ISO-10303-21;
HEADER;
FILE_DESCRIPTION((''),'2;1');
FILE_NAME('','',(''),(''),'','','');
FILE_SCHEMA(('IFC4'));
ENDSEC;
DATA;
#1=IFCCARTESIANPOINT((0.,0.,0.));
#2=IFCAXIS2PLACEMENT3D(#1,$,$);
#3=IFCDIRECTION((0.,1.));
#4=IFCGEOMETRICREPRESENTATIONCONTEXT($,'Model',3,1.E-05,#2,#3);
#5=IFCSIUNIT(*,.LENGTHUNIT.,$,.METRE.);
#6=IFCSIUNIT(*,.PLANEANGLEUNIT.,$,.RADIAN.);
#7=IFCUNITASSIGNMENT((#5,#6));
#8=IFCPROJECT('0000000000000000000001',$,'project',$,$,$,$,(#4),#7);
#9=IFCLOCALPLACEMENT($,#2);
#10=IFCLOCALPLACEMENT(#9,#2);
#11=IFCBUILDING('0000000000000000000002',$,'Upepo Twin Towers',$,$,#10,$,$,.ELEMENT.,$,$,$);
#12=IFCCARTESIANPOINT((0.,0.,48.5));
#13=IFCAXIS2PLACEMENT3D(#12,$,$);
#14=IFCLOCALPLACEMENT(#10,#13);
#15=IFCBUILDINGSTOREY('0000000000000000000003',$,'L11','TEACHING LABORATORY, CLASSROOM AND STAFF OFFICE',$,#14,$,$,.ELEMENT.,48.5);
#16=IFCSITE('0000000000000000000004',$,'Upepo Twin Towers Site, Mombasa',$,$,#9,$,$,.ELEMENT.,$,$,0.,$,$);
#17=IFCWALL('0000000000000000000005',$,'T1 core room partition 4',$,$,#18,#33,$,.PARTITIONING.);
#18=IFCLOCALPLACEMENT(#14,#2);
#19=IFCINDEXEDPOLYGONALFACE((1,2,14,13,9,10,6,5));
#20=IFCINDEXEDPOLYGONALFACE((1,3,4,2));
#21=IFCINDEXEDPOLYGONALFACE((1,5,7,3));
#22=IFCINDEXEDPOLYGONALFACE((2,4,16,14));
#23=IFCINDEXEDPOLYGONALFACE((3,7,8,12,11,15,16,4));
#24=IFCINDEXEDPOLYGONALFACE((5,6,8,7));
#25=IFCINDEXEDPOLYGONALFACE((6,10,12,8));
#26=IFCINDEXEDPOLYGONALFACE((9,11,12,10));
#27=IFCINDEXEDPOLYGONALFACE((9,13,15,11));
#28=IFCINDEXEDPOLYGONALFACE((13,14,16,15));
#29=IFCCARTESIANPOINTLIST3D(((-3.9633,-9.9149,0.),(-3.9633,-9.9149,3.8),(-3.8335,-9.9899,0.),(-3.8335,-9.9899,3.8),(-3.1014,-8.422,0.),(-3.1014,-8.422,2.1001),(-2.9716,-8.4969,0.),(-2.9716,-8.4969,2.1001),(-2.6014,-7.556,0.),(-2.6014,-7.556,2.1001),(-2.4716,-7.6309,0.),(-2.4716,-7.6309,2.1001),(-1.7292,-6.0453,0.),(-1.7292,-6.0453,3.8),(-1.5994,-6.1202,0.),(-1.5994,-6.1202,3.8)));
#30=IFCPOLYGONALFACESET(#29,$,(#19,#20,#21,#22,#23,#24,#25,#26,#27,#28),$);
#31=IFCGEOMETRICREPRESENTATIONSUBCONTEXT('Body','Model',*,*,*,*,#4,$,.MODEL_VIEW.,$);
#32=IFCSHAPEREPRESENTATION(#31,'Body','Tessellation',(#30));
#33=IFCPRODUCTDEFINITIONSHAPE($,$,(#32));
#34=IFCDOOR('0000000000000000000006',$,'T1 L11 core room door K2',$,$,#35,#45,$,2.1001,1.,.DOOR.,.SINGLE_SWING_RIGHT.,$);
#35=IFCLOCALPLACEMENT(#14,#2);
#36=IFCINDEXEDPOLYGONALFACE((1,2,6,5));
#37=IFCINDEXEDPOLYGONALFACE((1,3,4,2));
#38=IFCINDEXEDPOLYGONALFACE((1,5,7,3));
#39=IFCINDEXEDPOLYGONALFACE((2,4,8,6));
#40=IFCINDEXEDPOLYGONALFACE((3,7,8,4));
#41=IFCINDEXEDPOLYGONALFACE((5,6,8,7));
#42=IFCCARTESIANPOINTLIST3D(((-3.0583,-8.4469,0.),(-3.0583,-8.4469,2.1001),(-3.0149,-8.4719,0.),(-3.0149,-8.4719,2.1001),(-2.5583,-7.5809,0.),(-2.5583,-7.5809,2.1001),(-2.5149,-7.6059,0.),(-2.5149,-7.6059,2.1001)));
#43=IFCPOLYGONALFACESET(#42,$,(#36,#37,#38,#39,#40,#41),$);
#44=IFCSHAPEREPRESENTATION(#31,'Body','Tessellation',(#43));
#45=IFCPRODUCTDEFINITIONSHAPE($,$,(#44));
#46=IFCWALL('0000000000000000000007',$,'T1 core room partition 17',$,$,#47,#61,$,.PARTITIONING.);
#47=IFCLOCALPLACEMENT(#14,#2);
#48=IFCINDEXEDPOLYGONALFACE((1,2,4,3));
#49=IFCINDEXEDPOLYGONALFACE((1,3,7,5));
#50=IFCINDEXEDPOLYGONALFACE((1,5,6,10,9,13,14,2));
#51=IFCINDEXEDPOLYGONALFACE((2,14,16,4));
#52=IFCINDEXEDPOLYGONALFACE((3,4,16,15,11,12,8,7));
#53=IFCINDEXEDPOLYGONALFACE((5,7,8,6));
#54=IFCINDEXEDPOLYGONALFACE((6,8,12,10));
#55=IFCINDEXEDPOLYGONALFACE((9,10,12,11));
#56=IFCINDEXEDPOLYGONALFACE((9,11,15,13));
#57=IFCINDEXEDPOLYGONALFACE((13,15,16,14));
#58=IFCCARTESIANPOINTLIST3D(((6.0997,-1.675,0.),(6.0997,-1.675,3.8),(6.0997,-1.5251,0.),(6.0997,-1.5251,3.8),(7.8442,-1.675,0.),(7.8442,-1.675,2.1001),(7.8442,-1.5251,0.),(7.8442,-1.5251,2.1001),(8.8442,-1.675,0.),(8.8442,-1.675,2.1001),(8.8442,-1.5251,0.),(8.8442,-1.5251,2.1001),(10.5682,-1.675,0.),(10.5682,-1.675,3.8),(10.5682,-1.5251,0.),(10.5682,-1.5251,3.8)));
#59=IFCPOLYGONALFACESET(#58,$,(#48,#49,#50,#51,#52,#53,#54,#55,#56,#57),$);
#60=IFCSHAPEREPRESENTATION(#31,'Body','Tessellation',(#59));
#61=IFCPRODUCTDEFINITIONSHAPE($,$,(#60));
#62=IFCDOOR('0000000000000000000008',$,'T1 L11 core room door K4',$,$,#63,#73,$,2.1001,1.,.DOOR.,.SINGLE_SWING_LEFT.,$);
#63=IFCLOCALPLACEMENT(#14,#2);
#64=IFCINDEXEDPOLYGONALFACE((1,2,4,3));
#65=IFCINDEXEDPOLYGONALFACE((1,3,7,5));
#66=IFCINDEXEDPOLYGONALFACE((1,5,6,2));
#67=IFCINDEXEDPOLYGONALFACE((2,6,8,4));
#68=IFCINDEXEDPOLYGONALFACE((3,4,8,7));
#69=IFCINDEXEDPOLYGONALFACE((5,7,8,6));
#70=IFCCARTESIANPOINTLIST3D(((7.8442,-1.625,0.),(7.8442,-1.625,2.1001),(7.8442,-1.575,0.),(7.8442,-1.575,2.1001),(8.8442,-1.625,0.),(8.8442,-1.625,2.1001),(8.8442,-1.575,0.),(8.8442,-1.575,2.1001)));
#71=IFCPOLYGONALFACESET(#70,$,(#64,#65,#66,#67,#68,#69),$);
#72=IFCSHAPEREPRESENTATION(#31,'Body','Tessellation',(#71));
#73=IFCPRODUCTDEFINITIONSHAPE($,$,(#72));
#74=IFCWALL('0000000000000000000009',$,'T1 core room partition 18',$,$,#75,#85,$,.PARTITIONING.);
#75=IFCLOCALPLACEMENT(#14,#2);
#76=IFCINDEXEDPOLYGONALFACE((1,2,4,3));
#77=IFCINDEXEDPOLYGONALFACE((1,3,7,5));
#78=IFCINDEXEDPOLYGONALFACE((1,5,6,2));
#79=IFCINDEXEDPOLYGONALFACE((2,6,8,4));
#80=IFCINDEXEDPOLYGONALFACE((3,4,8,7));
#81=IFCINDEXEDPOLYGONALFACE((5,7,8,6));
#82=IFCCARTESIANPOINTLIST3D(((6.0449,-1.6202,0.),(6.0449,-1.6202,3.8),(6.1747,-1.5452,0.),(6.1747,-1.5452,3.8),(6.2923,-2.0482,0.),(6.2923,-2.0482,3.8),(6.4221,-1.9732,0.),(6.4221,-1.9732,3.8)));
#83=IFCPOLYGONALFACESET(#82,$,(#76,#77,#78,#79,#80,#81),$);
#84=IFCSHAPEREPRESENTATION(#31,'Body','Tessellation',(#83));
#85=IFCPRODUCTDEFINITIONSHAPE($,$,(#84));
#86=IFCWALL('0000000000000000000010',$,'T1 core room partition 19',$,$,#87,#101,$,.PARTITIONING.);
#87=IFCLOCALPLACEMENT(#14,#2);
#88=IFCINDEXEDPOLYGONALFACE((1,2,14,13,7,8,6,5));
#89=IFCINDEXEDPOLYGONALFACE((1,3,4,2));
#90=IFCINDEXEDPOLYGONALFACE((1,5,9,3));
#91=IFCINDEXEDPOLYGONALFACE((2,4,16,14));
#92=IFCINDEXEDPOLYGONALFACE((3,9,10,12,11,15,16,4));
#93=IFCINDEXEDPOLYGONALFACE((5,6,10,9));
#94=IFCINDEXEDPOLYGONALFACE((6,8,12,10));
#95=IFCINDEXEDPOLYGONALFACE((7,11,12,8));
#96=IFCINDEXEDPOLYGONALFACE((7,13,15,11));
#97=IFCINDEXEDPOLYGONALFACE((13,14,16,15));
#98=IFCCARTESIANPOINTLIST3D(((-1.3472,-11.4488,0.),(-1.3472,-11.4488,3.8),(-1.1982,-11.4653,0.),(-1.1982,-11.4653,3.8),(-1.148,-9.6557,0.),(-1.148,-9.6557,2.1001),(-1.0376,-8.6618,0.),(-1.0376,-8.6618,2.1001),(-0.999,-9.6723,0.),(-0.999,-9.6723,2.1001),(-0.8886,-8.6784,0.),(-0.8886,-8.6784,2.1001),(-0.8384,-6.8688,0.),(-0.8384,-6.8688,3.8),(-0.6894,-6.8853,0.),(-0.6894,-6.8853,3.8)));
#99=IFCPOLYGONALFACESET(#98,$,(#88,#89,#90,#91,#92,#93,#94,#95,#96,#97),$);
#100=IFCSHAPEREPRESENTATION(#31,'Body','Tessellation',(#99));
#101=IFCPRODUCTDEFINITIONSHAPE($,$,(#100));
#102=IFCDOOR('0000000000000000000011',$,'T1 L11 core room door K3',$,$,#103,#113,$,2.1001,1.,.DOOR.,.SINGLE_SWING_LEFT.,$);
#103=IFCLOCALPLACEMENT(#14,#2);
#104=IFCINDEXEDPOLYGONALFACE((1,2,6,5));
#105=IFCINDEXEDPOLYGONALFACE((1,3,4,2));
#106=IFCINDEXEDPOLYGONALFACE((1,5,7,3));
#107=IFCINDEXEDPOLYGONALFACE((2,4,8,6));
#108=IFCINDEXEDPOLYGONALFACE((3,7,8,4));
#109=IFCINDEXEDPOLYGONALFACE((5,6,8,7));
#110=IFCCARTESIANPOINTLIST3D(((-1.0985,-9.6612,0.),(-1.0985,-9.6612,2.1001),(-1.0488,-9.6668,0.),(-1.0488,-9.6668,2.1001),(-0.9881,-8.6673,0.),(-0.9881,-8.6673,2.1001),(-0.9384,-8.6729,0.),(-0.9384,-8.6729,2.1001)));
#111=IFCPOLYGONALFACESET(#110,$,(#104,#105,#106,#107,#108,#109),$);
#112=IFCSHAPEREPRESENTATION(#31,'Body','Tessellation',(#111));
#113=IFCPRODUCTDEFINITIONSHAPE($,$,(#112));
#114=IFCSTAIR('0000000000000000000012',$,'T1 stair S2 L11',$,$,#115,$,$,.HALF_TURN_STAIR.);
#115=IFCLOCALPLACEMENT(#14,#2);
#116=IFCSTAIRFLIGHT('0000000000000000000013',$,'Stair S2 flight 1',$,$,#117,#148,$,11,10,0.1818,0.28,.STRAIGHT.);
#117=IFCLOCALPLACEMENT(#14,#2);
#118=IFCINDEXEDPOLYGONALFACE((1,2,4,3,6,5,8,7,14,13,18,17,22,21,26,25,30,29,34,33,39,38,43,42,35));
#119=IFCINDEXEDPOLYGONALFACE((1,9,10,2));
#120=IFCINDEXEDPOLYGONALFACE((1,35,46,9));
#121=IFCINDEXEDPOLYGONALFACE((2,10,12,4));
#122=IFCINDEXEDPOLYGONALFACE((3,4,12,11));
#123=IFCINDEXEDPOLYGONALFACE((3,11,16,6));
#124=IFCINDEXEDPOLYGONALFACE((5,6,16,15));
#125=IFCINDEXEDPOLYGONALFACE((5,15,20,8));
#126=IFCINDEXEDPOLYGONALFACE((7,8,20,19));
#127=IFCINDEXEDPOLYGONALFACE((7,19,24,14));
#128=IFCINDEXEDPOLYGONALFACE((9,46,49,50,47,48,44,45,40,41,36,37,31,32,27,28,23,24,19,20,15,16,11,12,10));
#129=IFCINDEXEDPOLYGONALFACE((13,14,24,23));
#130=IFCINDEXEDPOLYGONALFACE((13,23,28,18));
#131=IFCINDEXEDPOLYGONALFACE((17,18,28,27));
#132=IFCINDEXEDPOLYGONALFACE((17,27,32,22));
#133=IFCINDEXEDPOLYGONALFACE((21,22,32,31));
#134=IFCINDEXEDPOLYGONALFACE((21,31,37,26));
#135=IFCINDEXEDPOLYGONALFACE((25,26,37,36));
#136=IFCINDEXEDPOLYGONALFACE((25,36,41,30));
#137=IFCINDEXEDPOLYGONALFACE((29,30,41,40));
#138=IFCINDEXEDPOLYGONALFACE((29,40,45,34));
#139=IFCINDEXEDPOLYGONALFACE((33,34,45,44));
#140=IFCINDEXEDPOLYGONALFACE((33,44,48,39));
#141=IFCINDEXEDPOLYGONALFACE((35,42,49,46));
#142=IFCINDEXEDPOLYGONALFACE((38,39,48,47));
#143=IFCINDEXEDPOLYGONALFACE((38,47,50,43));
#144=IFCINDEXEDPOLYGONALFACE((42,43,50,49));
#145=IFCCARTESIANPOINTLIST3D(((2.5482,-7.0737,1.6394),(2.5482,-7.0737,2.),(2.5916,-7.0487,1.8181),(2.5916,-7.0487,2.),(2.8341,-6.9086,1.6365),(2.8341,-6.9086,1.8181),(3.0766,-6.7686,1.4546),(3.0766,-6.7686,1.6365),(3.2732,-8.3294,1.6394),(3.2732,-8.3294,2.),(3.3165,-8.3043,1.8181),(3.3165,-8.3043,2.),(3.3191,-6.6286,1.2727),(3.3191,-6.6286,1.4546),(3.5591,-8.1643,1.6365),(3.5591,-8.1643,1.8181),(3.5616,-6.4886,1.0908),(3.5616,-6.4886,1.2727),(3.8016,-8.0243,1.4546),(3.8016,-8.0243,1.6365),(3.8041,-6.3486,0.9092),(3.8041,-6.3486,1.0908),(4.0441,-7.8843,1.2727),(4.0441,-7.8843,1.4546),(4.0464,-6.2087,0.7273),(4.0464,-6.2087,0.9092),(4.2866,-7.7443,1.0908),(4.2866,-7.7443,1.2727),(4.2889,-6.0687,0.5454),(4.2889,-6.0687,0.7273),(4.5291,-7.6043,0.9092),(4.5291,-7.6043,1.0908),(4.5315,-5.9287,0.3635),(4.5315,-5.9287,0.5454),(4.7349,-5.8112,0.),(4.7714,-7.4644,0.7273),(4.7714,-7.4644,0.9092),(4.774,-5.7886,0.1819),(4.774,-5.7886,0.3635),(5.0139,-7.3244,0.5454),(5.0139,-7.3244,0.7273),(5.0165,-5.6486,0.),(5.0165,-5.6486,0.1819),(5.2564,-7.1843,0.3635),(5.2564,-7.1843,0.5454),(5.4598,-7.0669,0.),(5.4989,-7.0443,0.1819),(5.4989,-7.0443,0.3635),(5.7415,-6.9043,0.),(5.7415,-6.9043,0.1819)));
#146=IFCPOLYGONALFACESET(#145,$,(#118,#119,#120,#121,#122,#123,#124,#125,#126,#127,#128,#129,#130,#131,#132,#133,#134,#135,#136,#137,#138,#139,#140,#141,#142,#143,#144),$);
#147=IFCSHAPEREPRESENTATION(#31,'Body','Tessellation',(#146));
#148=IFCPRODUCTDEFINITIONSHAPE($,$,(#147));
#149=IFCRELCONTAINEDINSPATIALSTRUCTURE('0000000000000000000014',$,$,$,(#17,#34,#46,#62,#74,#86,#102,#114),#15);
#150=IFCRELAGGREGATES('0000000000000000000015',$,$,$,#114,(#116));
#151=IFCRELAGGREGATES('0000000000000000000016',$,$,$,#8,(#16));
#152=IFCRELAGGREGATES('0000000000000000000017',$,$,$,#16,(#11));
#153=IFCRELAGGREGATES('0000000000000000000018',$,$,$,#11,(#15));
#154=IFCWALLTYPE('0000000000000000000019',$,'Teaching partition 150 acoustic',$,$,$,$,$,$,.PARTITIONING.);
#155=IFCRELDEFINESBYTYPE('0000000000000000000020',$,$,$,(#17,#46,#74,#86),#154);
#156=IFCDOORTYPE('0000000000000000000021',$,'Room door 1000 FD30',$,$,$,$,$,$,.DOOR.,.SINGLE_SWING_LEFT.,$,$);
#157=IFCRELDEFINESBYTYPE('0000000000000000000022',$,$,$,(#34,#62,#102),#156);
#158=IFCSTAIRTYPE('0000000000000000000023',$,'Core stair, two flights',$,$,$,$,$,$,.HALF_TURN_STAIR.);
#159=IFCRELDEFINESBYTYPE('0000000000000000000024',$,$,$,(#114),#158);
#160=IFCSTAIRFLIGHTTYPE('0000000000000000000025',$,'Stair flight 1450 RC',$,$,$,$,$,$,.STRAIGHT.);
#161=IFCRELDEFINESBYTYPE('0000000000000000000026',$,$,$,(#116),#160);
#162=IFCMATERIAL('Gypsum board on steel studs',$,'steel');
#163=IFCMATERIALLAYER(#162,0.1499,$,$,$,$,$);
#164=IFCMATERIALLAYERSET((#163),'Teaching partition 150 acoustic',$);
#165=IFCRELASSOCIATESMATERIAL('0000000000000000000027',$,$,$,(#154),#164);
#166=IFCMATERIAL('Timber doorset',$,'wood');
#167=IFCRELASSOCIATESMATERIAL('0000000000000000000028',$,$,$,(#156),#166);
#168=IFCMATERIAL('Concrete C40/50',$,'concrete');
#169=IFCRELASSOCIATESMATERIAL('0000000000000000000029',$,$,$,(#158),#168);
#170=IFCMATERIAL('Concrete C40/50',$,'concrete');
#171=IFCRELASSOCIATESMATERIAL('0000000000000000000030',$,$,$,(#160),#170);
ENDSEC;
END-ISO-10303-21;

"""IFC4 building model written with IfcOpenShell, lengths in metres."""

from ifc_helpers import new_model, si_unit, direction, frame, frame_2d, origin, place, context, subcontext, project, spatial, polyline, rectangle, outline, extrude, material, layer, layer_set, type_object, element, fill, aggregate, save


model = new_model("IFC4")

# Units and contexts
model_context = context("Model", 3, precision=1e-05, world=origin(), true_north=direction((0.0, 1.0)))
body_context = subcontext(model_context, "Body", "Model", "MODEL_VIEW")
ifc_project = project(units=[si_unit("LENGTHUNIT", "METRE"), si_unit("PLANEANGLEUNIT", "RADIAN")], contexts=[model_context])

# Site, building, storey
site_placement = place(None, origin())
site = spatial("IfcSite", under=ifc_project, at=site_placement, Name="Upepo Twin Towers Site, Mombasa", CompositionType="ELEMENT", RefElevation=0.0)
building_placement = place(site_placement, origin())
building = spatial("IfcBuilding", under=site, at=building_placement, Name="Upepo Twin Towers", CompositionType="ELEMENT")
storey_placement = place(building_placement, frame((0.0, 0.0, 48.5)))
storey = spatial("IfcBuildingStorey", under=building, at=storey_placement, Name="L11", Description="TEACHING LABORATORY, CLASSROOM AND STAFF OFFICE", CompositionType="ELEMENT", Elevation=48.5)

# Shared definitions
ifc_material_1 = material(Name="Gypsum board on steel studs", Category="steel")
ifc_layer_1 = layer(ifc_material_1, 0.1499)
ifc_layer_set_1 = layer_set([ifc_layer_1], Name="Teaching partition 150 acoustic")
wall_type_1 = type_object("IfcWallType", Name="Teaching partition 150 acoustic", PredefinedType="PARTITIONING", material=ifc_layer_set_1)

# Walls, openings, doors
wall_1_placement = place(storey_placement, frame((-1.6643, -6.0828, 0.0), z_axis=(0.0, 0.0, 1.0), x_axis=(-0.5, -0.866025, 0.0)))
wall_1 = element("IfcWall", 1, at=wall_1_placement, inside=storey, type_object=wall_type_1, Name="T1 core room partition 4", PredefinedType="PARTITIONING", context=body_context, shape_type="SweptSolid", body=[
    extrude(rectangle(XDim=4.4683, YDim=0.1499, at=frame_2d((2.2341, 0.0))), origin(), (0.0, 0.0, 1.0), 3.8),
])
opening_1_placement = place(wall_1_placement, frame((1.7444, 0.0, 0.0)))
opening_1 = element("IfcOpeningElement", 2, at=opening_1_placement, cuts=wall_1, PredefinedType="OPENING", context=body_context, shape_type="SweptSolid", body=[
    extrude(rectangle(XDim=1.0, YDim=2.1001, at=frame_2d((0.5, 1.05))), frame((0.0, 0.085, 0.0), z_axis=(0.0, -1.0, 0.0), x_axis=(1.0, 0.0, 0.0)), (0.0, 0.0, 1.0), 0.1699),
])
ifc_material_2 = material(Name="Timber doorset", Category="wood")
door_type_1 = type_object("IfcDoorType", Name="Room door 1000 FD30", OperationType="SINGLE_SWING_LEFT", PredefinedType="DOOR", material=ifc_material_2)
door_1_placement = place(opening_1_placement, origin())
door_1 = element("IfcDoor", 3, at=door_1_placement, inside=storey, type_object=door_type_1, Name="T1 L11 core room door K2", OperationType="SINGLE_SWING_RIGHT", OverallHeight=2.1001, OverallWidth=1.0, PredefinedType="DOOR", context=body_context, shape_type="SweptSolid", body=[
    extrude(rectangle(XDim=1.0, YDim=2.1001, at=frame_2d((0.5, 1.05))), frame((0.0, 0.0249, 0.0), z_axis=(0.0, -1.0, 0.0), x_axis=(1.0, 0.0, 0.0)), (0.0, 0.0, 1.0), 0.05),
])
fill(opening_1, door_1)
wall_2_placement = place(storey_placement, frame((10.5684, -1.6001, 0.0), z_axis=(0.0, 0.0, 1.0), x_axis=(-1.0, 0.0, 0.0)))
wall_2 = element("IfcWall", 4, at=wall_2_placement, inside=storey, type_object=wall_type_1, Name="T1 core room partition 17", PredefinedType="PARTITIONING", context=body_context, shape_type="SweptSolid", body=[
    extrude(rectangle(XDim=4.4685, YDim=0.1499, at=frame_2d((2.2344, 0.0))), origin(), (0.0, 0.0, 1.0), 3.8),
])
opening_2_placement = place(wall_2_placement, frame((1.7241, 0.0, 0.0)))
opening_2 = element("IfcOpeningElement", 5, at=opening_2_placement, cuts=wall_2, PredefinedType="OPENING", context=body_context, shape_type="SweptSolid", body=[
    extrude(rectangle(XDim=1.0, YDim=2.1001, at=frame_2d((0.5, 1.05))), frame((0.0, 0.085, 0.0), z_axis=(0.0, -1.0, 0.0), x_axis=(1.0, 0.0, 0.0)), (0.0, 0.0, 1.0), 0.1699),
])
door_2_placement = place(opening_2_placement, origin())
door_2 = element("IfcDoor", 6, at=door_2_placement, inside=storey, type_object=door_type_1, Name="T1 L11 core room door K4", OperationType="SINGLE_SWING_LEFT", OverallHeight=2.1001, OverallWidth=1.0, PredefinedType="DOOR", context=body_context, shape_type="SweptSolid", body=[
    extrude(rectangle(XDim=1.0, YDim=2.1001, at=frame_2d((0.5, 1.05))), frame((0.0, 0.0249, 0.0), z_axis=(0.0, -1.0, 0.0), x_axis=(1.0, 0.0, 0.0)), (0.0, 0.0, 1.0), 0.05),
])
fill(opening_2, door_2)

# Wall
wall_3_placement = place(storey_placement, frame((6.1099, -1.5828, 0.0), z_axis=(0.0, 0.0, 1.0), x_axis=(0.500335, -0.865832, 0.0)))
element("IfcWall", 7, at=wall_3_placement, inside=storey, type_object=wall_type_1, Name="T1 core room partition 18", PredefinedType="PARTITIONING", context=body_context, shape_type="SweptSolid", body=[
    extrude(rectangle(XDim=0.4944, YDim=0.1499, at=frame_2d((0.2471, 0.0))), origin(), (0.0, 0.0, 1.0), 3.8),
])

# Wall, opening, door
wall_4_placement = place(storey_placement, frame((-0.7639, -6.877, 0.0), z_axis=(0.0, 0.0, 1.0), x_axis=(-0.110408, -0.993886, 0.0)))
wall_4 = element("IfcWall", 8, at=wall_4_placement, inside=storey, type_object=wall_type_1, Name="T1 core room partition 19", PredefinedType="PARTITIONING", context=body_context, shape_type="SweptSolid", body=[
    extrude(rectangle(XDim=4.6082, YDim=0.1499, at=frame_2d((2.3042, 0.0))), origin(), (0.0, 0.0, 1.0), 3.8),
])
opening_3_placement = place(wall_4_placement, frame((1.8042, 0.0, 0.0)))
opening_3 = element("IfcOpeningElement", 9, at=opening_3_placement, cuts=wall_4, PredefinedType="OPENING", context=body_context, shape_type="SweptSolid", body=[
    extrude(rectangle(XDim=1.0, YDim=2.1001, at=frame_2d((0.5, 1.05))), frame((0.0, 0.085, 0.0), z_axis=(0.0, -1.0, 0.0), x_axis=(1.0, 0.0, 0.0)), (0.0, 0.0, 1.0), 0.1699),
])
door_3_placement = place(opening_3_placement, origin())
door_3 = element("IfcDoor", 10, at=door_3_placement, inside=storey, type_object=door_type_1, Name="T1 L11 core room door K3", OperationType="SINGLE_SWING_LEFT", OverallHeight=2.1001, OverallWidth=1.0, PredefinedType="DOOR", context=body_context, shape_type="SweptSolid", body=[
    extrude(rectangle(XDim=1.0, YDim=2.1001, at=frame_2d((0.5, 1.05))), frame((0.0, 0.0249, 0.0), z_axis=(0.0, -1.0, 0.0), x_axis=(1.0, 0.0, 0.0)), (0.0, 0.0, 1.0), 0.05),
])
fill(opening_3, door_3)

# Stair, stair flight
ifc_material_3 = material(Name="Concrete C40/50", Category="concrete")
stair_type = type_object("IfcStairType", Name="Core stair, two flights", PredefinedType="HALF_TURN_STAIR", material=ifc_material_3)
stair_placement = place(storey_placement, origin())
stair = element("IfcStair", 11, at=stair_placement, inside=storey, type_object=stair_type, Name="T1 stair S2 L11", PredefinedType="HALF_TURN_STAIR")
ifc_material_4 = material(Name="Concrete C40/50", Category="concrete")
stair_flight_type = type_object("IfcStairFlightType", Name="Stair flight 1450 RC", PredefinedType="STRAIGHT", material=ifc_material_4)
stair_flight_placement = place(storey_placement, frame((5.3789, -6.2764, 0.0), z_axis=(0.0, 0.0, 1.0), x_axis=(-0.866025, -0.5, 0.0)))
stair_flight = element("IfcStairFlight", 12, at=stair_flight_placement, type_object=stair_flight_type, Name="Stair S2 flight 1", NumberOfRisers=11, NumberOfTreads=10, PredefinedType="STRAIGHT", RiserHeight=0.1818, TreadLength=0.28, context=body_context, shape_type="SweptSolid", body=[
    extrude(outline(polyline([(0.0, 0.0), (0.0, 0.1819), (0.28, 0.1819), (0.28, 0.3635), (0.5601, 0.3635), (0.5601, 0.5454), (0.8401, 0.5454), (0.8401, 0.7273), (1.1201, 0.7273), (1.1201, 0.9092), (1.3999, 0.9092), (1.3999, 1.0908), (1.6799, 1.0908), (1.6799, 1.2727), (1.96, 1.2727), (1.96, 1.4546), (2.24, 1.4546), (2.24, 1.6365), (2.52, 1.6365), (2.52, 1.8181), (2.8, 1.8181), (2.8, 2.0), (2.8501, 2.0), (2.8501, 1.6394), (0.3252, 0.0), (0.0, 0.0)])), frame((0.0, 0.7251, 0.0), z_axis=(0.0, -1.0, 0.0), x_axis=(1.0, 0.0, 0.0)), (0.0, 0.0, 1.0), 1.45),
])
aggregate(stair, [stair_flight])

save(model, "model.ifc")
